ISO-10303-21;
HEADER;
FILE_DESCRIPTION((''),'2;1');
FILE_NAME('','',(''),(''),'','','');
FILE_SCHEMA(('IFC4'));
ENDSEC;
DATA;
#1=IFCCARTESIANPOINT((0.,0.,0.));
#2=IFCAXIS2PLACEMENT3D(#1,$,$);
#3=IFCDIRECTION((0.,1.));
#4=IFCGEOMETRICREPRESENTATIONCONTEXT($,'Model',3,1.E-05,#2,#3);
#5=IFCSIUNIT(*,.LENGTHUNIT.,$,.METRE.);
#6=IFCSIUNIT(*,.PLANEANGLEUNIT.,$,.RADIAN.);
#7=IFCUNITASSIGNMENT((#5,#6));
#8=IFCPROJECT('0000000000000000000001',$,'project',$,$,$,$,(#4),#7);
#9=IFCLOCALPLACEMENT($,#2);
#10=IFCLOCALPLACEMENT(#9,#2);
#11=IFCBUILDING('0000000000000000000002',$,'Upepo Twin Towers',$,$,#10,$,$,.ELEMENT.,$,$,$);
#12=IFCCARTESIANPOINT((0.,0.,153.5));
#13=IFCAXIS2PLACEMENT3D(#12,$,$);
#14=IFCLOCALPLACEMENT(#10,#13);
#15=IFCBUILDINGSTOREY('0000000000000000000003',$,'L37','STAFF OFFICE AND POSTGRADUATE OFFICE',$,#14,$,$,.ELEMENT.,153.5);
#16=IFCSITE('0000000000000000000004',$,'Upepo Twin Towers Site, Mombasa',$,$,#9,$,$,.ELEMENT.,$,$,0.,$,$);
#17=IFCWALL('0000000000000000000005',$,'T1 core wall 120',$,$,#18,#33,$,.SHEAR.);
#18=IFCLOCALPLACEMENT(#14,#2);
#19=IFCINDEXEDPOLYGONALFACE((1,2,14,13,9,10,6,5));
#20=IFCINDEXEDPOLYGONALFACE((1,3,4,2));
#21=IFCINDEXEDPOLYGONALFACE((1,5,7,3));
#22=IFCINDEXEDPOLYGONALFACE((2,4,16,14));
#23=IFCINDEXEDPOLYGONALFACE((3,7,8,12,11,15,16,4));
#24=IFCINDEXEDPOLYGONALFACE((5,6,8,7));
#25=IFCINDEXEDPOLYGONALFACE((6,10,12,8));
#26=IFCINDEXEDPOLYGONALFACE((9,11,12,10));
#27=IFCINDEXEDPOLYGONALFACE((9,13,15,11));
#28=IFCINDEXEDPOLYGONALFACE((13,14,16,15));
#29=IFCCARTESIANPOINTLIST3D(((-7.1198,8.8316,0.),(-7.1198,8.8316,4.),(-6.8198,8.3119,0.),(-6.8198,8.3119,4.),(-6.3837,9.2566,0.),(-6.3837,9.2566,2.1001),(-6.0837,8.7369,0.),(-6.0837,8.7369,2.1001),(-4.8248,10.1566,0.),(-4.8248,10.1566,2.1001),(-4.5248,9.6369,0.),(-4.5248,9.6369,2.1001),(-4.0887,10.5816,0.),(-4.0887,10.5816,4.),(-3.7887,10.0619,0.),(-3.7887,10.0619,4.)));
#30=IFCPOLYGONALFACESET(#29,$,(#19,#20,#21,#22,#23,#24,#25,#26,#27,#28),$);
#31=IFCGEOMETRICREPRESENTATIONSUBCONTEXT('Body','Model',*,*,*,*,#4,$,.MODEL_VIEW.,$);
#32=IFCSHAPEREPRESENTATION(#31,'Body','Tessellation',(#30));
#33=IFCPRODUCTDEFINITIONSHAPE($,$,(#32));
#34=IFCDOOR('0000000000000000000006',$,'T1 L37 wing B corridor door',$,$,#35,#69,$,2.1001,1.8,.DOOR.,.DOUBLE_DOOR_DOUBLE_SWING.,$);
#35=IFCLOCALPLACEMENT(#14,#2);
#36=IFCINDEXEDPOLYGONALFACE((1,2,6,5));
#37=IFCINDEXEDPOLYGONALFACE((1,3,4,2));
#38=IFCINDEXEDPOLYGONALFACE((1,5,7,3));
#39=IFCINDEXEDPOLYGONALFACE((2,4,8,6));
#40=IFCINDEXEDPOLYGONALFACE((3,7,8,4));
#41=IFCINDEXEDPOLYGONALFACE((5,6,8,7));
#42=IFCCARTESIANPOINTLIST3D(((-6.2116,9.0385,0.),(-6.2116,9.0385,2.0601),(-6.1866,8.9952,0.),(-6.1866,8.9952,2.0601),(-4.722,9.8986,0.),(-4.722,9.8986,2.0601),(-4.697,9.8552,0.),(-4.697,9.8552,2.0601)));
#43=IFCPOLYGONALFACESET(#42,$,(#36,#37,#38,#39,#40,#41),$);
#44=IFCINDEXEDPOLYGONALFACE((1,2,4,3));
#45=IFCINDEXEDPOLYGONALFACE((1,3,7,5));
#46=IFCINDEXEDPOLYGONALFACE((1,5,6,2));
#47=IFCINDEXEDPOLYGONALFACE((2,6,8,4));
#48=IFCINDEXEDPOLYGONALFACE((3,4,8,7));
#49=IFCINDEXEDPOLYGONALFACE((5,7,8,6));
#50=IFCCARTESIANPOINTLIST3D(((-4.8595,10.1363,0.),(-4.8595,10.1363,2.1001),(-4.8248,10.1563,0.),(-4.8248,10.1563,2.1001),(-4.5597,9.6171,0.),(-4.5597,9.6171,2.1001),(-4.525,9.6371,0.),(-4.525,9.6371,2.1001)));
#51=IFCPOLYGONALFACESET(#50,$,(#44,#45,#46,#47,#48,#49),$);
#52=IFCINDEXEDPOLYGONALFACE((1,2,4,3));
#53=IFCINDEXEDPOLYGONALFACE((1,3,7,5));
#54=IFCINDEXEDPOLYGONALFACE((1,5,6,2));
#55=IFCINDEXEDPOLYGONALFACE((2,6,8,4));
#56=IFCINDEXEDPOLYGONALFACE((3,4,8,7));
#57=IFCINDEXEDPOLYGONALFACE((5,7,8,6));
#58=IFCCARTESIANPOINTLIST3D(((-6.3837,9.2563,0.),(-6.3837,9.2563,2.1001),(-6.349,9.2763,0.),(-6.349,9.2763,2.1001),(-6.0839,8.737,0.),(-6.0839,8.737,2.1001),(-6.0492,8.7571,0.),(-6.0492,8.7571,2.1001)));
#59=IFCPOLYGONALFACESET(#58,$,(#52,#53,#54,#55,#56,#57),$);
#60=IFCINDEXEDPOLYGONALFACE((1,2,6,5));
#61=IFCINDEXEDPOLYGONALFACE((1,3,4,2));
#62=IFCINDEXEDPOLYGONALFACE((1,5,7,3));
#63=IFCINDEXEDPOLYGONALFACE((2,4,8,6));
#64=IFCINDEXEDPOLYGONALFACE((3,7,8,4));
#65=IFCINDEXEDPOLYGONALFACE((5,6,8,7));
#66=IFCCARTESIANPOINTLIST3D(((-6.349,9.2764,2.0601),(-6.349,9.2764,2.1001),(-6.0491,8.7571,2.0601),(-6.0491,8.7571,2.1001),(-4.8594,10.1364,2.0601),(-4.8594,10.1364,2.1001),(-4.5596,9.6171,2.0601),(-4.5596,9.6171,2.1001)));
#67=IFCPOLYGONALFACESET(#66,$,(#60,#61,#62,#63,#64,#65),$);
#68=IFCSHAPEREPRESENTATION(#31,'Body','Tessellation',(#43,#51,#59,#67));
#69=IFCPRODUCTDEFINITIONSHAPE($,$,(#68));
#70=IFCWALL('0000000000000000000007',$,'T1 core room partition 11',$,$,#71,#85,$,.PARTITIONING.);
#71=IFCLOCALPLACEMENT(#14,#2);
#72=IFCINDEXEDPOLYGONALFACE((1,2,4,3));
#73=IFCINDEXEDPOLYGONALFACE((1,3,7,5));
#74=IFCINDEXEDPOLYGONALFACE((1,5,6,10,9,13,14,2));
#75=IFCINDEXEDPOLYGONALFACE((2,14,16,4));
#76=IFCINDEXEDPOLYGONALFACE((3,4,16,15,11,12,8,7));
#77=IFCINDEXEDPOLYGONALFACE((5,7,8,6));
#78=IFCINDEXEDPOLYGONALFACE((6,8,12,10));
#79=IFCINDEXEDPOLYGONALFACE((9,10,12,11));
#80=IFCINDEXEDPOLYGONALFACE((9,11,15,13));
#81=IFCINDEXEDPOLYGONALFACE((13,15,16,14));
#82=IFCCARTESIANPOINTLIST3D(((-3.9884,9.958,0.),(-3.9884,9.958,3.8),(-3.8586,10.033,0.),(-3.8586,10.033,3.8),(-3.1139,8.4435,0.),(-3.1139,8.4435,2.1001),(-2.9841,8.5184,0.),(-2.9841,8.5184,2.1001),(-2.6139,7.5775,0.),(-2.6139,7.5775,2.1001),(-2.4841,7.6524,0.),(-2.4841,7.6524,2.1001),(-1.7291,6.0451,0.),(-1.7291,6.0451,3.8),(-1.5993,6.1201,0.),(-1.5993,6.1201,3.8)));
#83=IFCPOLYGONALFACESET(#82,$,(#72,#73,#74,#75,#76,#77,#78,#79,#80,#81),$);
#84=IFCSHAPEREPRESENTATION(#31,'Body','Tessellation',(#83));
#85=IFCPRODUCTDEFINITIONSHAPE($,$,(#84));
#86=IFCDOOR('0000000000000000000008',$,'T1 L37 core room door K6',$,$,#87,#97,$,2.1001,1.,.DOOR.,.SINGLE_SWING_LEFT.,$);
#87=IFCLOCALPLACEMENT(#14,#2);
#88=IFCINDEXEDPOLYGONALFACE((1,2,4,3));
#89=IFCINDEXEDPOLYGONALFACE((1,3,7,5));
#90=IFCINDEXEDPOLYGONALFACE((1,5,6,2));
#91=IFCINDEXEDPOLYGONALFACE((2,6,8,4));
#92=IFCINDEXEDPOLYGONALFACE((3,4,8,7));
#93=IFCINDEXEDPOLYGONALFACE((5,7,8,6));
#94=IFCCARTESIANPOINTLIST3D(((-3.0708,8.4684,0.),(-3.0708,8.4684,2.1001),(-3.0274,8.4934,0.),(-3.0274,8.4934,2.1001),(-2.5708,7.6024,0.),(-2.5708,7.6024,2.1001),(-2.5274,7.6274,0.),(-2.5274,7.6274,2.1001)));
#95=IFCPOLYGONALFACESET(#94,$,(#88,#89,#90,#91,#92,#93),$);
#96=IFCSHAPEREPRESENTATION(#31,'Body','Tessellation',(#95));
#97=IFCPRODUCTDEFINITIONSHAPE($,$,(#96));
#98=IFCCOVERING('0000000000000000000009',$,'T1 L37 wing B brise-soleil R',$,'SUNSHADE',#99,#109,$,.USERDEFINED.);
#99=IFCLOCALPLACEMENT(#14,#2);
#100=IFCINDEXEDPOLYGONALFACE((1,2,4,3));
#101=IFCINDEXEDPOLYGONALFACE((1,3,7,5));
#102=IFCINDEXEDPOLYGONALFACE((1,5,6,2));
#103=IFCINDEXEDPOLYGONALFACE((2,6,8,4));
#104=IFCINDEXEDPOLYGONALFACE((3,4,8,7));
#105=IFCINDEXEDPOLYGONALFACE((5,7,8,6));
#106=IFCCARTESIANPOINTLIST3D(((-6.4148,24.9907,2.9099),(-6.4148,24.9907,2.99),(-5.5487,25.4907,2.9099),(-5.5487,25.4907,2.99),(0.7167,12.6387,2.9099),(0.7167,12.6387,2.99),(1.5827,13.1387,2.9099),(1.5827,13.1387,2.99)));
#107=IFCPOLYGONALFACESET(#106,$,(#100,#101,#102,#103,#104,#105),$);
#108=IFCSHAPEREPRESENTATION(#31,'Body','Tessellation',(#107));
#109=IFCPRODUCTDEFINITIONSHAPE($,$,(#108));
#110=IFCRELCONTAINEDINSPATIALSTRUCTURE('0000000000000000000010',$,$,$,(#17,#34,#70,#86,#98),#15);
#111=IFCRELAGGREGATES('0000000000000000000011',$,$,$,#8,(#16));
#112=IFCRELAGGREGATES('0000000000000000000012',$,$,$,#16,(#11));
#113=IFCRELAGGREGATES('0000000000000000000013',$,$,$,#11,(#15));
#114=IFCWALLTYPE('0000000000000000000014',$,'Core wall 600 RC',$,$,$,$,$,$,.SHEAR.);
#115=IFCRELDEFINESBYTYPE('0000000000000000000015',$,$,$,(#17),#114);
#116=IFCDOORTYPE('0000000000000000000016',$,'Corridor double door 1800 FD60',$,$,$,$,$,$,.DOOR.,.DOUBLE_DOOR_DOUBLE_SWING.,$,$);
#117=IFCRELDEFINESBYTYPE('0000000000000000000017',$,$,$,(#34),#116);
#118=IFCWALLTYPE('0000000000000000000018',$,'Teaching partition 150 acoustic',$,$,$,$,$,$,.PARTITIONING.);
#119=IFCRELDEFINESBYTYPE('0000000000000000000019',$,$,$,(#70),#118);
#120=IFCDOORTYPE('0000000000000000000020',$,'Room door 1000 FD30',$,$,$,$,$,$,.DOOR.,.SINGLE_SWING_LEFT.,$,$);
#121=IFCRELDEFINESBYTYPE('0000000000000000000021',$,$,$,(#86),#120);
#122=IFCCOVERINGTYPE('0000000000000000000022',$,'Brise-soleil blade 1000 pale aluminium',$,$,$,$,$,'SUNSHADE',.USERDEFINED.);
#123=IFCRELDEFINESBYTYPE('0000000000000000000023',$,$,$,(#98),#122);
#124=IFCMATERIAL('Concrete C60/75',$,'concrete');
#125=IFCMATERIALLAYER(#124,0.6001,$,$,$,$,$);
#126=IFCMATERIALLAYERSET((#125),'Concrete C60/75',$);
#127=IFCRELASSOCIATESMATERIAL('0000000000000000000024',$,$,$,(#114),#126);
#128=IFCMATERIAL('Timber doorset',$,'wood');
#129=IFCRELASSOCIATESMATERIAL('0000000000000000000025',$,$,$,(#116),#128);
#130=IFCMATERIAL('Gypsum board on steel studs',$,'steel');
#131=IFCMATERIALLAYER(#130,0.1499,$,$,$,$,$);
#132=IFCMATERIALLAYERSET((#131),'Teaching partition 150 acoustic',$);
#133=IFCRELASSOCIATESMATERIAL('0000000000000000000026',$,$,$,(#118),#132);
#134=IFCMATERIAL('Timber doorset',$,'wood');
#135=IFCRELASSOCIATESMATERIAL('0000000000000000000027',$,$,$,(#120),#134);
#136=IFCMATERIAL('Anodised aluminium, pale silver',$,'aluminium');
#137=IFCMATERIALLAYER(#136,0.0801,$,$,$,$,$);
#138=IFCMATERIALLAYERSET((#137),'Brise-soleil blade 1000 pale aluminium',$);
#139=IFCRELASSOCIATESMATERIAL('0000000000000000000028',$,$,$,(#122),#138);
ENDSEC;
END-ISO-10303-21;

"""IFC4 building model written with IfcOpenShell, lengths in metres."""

from ifc_helpers import new_model, si_unit, direction, frame, frame_2d, origin, origin_2d, place, context, subcontext, project, spatial, rectangle, extrude, material, layer, layer_set, type_object, element, fill, save


model = new_model("IFC4")

# Units and contexts
model_context = context("Model", 3, precision=1e-05, world=origin(), true_north=direction((0.0, 1.0)))
body_context = subcontext(model_context, "Body", "Model", "MODEL_VIEW")
ifc_project = project(units=[si_unit("LENGTHUNIT", "METRE"), si_unit("PLANEANGLEUNIT", "RADIAN")], contexts=[model_context])

# Site, building, storey
site_placement = place(None, origin())
site = spatial("IfcSite", under=ifc_project, at=site_placement, Name="Upepo Twin Towers Site, Mombasa", CompositionType="ELEMENT", RefElevation=0.0)
building_placement = place(site_placement, origin())
building = spatial("IfcBuilding", under=site, at=building_placement, Name="Upepo Twin Towers", CompositionType="ELEMENT")
storey_placement = place(building_placement, frame((0.0, 0.0, 153.5)))
storey = spatial("IfcBuildingStorey", under=building, at=storey_placement, Name="L37", Description="STAFF OFFICE AND POSTGRADUATE OFFICE", CompositionType="ELEMENT", Elevation=153.5)

# Shared definitions
ifc_material_1 = material(Name="Concrete C60/75", Category="concrete")
ifc_layer_1 = layer(ifc_material_1, 0.6001)
ifc_layer_set_1 = layer_set([ifc_layer_1], Name="Concrete C60/75")
wall_type_1 = type_object("IfcWallType", Name="Core wall 600 RC", PredefinedType="SHEAR", material=ifc_layer_set_1)

# Walls, openings, doors
wall_1_placement = place(storey_placement, frame((-3.9387, 10.3218, 0.0), z_axis=(0.0, 0.0, 1.0), x_axis=(-0.866019, -0.50001, 0.0)))
wall_1 = element("IfcWall", 1, at=wall_1_placement, inside=storey, type_object=wall_type_1, Name="T1 core wall 120", PredefinedType="SHEAR", context=body_context, shape_type="SweptSolid", body=[
    extrude(rectangle(XDim=3.5, YDim=0.6001, at=frame_2d((1.75, 0.0))), origin(), (0.0, 0.0, 1.0), 4.0),
])
opening_1_placement = place(wall_1_placement, frame((0.8501, 0.0, 0.0)))
opening_1 = element("IfcOpeningElement", 2, at=opening_1_placement, cuts=wall_1, PredefinedType="OPENING", context=body_context, shape_type="SweptSolid", body=[
    extrude(rectangle(XDim=1.8, YDim=2.1001, at=frame_2d((0.8999, 1.05))), frame((0.0, 0.3101, 0.0), z_axis=(0.0, -1.0, 0.0), x_axis=(1.0, 0.0, 0.0)), (0.0, 0.0, 1.0), 0.6201),
])
ifc_material_2 = material(Name="Timber doorset", Category="wood")
door_type_1 = type_object("IfcDoorType", Name="Corridor double door 1800 FD60", OperationType="DOUBLE_DOOR_DOUBLE_SWING", PredefinedType="DOOR", material=ifc_material_2)
door_1_placement = place(opening_1_placement, origin())
door_1 = element("IfcDoor", 3, at=door_1_placement, inside=storey, type_object=door_type_1, Name="T1 L37 wing B corridor door", OperationType="DOUBLE_DOOR_DOUBLE_SWING", OverallHeight=2.1001, OverallWidth=1.8, PredefinedType="DOOR", context=body_context, shape_type="SweptSolid", body=[
    extrude(rectangle(XDim=1.72, YDim=2.0601, at=frame_2d((0.8999, 1.03))), frame((0.0, 0.0249, 0.0), z_axis=(0.0, -1.0, 0.0), x_axis=(1.0, 0.0, 0.0)), (0.0, 0.0, 1.0), 0.05),
    extrude(rectangle(XDim=0.04, YDim=2.1001, at=frame_2d((0.02, 1.05))), frame((0.0, 0.2998, 0.0), z_axis=(0.0, -1.0, 0.0), x_axis=(1.0, 0.0, 0.0)), (0.0, 0.0, 1.0), 0.5996),
    extrude(rectangle(XDim=0.04, YDim=2.1001, at=frame_2d((1.78, 1.05))), frame((0.0, 0.2998, 0.0), z_axis=(0.0, -1.0, 0.0), x_axis=(1.0, 0.0, 0.0)), (0.0, 0.0, 1.0), 0.5996),
    extrude(rectangle(XDim=1.72, YDim=0.04, at=frame_2d((0.8999, 2.0801))), frame((0.0, 0.2998, 0.0), z_axis=(0.0, -1.0, 0.0), x_axis=(1.0, 0.0, 0.0)), (0.0, 0.0, 1.0), 0.5996),
])
fill(opening_1, door_1)
ifc_material_3 = material(Name="Gypsum board on steel studs", Category="steel")
ifc_layer_2 = layer(ifc_material_3, 0.1499)
ifc_layer_set_2 = layer_set([ifc_layer_2], Name="Teaching partition 150 acoustic")
wall_type_2 = type_object("IfcWallType", Name="Teaching partition 150 acoustic", PredefinedType="PARTITIONING", material=ifc_layer_set_2)
wall_2_placement = place(storey_placement, frame((-3.9236, 9.9956, 0.0), z_axis=(0.0, 0.0, 1.0), x_axis=(0.500033, -0.866007, 0.0)))
wall_2 = element("IfcWall", 4, at=wall_2_placement, inside=storey, type_object=wall_type_2, Name="T1 core room partition 11", PredefinedType="PARTITIONING", context=body_context, shape_type="SweptSolid", body=[
    extrude(rectangle(XDim=4.5183, YDim=0.1499, at=frame_2d((2.2593, 0.0))), origin(), (0.0, 0.0, 1.0), 3.8),
])
opening_2_placement = place(wall_2_placement, frame((1.749, 0.0, 0.0)))
opening_2 = element("IfcOpeningElement", 5, at=opening_2_placement, cuts=wall_2, PredefinedType="OPENING", context=body_context, shape_type="SweptSolid", body=[
    extrude(rectangle(XDim=1.0, YDim=2.1001, at=frame_2d((0.5, 1.05))), frame((0.0, 0.085, 0.0), z_axis=(0.0, -1.0, 0.0), x_axis=(1.0, 0.0, 0.0)), (0.0, 0.0, 1.0), 0.1699),
])
ifc_material_4 = material(Name="Timber doorset", Category="wood")
door_type_2 = type_object("IfcDoorType", Name="Room door 1000 FD30", OperationType="SINGLE_SWING_LEFT", PredefinedType="DOOR", material=ifc_material_4)
door_2_placement = place(opening_2_placement, origin())
door_2 = element("IfcDoor", 6, at=door_2_placement, inside=storey, type_object=door_type_2, Name="T1 L37 core room door K6", OperationType="SINGLE_SWING_LEFT", OverallHeight=2.1001, OverallWidth=1.0, PredefinedType="DOOR", context=body_context, shape_type="SweptSolid", body=[
    extrude(rectangle(XDim=1.0, YDim=2.1001, at=frame_2d((0.5, 1.05))), frame((0.0, 0.0249, 0.0), z_axis=(0.0, -1.0, 0.0), x_axis=(1.0, 0.0, 0.0)), (0.0, 0.0, 1.0), 0.05),
])
fill(opening_2, door_2)

# Covering
ifc_material_5 = material(Name="Anodised aluminium, pale silver", Category="aluminium")
ifc_layer_3 = layer(ifc_material_5, 0.0801)
ifc_layer_set_3 = layer_set([ifc_layer_3], Name="Brise-soleil blade 1000 pale aluminium")
covering_type = type_object("IfcCoveringType", Name="Brise-soleil blade 1000 pale aluminium", ElementType="SUNSHADE", PredefinedType="USERDEFINED", material=ifc_layer_set_3)
covering_placement = place(storey_placement, frame((-2.416, 19.0647, 2.9099), z_axis=(0.0, 0.0, 1.0), x_axis=(-0.5, 0.866025, 0.0)))
element("IfcCovering", 7, at=covering_placement, inside=storey, type_object=covering_type, Name="T1 L37 wing B brise-soleil R", ObjectType="SUNSHADE", PredefinedType="USERDEFINED", context=body_context, shape_type="SweptSolid", body=[
    extrude(rectangle(XDim=14.2629, YDim=1.0, at=origin_2d()), origin(), (0.0, 0.0, 1.0), 0.0801),
])

save(model, "model.ifc")
